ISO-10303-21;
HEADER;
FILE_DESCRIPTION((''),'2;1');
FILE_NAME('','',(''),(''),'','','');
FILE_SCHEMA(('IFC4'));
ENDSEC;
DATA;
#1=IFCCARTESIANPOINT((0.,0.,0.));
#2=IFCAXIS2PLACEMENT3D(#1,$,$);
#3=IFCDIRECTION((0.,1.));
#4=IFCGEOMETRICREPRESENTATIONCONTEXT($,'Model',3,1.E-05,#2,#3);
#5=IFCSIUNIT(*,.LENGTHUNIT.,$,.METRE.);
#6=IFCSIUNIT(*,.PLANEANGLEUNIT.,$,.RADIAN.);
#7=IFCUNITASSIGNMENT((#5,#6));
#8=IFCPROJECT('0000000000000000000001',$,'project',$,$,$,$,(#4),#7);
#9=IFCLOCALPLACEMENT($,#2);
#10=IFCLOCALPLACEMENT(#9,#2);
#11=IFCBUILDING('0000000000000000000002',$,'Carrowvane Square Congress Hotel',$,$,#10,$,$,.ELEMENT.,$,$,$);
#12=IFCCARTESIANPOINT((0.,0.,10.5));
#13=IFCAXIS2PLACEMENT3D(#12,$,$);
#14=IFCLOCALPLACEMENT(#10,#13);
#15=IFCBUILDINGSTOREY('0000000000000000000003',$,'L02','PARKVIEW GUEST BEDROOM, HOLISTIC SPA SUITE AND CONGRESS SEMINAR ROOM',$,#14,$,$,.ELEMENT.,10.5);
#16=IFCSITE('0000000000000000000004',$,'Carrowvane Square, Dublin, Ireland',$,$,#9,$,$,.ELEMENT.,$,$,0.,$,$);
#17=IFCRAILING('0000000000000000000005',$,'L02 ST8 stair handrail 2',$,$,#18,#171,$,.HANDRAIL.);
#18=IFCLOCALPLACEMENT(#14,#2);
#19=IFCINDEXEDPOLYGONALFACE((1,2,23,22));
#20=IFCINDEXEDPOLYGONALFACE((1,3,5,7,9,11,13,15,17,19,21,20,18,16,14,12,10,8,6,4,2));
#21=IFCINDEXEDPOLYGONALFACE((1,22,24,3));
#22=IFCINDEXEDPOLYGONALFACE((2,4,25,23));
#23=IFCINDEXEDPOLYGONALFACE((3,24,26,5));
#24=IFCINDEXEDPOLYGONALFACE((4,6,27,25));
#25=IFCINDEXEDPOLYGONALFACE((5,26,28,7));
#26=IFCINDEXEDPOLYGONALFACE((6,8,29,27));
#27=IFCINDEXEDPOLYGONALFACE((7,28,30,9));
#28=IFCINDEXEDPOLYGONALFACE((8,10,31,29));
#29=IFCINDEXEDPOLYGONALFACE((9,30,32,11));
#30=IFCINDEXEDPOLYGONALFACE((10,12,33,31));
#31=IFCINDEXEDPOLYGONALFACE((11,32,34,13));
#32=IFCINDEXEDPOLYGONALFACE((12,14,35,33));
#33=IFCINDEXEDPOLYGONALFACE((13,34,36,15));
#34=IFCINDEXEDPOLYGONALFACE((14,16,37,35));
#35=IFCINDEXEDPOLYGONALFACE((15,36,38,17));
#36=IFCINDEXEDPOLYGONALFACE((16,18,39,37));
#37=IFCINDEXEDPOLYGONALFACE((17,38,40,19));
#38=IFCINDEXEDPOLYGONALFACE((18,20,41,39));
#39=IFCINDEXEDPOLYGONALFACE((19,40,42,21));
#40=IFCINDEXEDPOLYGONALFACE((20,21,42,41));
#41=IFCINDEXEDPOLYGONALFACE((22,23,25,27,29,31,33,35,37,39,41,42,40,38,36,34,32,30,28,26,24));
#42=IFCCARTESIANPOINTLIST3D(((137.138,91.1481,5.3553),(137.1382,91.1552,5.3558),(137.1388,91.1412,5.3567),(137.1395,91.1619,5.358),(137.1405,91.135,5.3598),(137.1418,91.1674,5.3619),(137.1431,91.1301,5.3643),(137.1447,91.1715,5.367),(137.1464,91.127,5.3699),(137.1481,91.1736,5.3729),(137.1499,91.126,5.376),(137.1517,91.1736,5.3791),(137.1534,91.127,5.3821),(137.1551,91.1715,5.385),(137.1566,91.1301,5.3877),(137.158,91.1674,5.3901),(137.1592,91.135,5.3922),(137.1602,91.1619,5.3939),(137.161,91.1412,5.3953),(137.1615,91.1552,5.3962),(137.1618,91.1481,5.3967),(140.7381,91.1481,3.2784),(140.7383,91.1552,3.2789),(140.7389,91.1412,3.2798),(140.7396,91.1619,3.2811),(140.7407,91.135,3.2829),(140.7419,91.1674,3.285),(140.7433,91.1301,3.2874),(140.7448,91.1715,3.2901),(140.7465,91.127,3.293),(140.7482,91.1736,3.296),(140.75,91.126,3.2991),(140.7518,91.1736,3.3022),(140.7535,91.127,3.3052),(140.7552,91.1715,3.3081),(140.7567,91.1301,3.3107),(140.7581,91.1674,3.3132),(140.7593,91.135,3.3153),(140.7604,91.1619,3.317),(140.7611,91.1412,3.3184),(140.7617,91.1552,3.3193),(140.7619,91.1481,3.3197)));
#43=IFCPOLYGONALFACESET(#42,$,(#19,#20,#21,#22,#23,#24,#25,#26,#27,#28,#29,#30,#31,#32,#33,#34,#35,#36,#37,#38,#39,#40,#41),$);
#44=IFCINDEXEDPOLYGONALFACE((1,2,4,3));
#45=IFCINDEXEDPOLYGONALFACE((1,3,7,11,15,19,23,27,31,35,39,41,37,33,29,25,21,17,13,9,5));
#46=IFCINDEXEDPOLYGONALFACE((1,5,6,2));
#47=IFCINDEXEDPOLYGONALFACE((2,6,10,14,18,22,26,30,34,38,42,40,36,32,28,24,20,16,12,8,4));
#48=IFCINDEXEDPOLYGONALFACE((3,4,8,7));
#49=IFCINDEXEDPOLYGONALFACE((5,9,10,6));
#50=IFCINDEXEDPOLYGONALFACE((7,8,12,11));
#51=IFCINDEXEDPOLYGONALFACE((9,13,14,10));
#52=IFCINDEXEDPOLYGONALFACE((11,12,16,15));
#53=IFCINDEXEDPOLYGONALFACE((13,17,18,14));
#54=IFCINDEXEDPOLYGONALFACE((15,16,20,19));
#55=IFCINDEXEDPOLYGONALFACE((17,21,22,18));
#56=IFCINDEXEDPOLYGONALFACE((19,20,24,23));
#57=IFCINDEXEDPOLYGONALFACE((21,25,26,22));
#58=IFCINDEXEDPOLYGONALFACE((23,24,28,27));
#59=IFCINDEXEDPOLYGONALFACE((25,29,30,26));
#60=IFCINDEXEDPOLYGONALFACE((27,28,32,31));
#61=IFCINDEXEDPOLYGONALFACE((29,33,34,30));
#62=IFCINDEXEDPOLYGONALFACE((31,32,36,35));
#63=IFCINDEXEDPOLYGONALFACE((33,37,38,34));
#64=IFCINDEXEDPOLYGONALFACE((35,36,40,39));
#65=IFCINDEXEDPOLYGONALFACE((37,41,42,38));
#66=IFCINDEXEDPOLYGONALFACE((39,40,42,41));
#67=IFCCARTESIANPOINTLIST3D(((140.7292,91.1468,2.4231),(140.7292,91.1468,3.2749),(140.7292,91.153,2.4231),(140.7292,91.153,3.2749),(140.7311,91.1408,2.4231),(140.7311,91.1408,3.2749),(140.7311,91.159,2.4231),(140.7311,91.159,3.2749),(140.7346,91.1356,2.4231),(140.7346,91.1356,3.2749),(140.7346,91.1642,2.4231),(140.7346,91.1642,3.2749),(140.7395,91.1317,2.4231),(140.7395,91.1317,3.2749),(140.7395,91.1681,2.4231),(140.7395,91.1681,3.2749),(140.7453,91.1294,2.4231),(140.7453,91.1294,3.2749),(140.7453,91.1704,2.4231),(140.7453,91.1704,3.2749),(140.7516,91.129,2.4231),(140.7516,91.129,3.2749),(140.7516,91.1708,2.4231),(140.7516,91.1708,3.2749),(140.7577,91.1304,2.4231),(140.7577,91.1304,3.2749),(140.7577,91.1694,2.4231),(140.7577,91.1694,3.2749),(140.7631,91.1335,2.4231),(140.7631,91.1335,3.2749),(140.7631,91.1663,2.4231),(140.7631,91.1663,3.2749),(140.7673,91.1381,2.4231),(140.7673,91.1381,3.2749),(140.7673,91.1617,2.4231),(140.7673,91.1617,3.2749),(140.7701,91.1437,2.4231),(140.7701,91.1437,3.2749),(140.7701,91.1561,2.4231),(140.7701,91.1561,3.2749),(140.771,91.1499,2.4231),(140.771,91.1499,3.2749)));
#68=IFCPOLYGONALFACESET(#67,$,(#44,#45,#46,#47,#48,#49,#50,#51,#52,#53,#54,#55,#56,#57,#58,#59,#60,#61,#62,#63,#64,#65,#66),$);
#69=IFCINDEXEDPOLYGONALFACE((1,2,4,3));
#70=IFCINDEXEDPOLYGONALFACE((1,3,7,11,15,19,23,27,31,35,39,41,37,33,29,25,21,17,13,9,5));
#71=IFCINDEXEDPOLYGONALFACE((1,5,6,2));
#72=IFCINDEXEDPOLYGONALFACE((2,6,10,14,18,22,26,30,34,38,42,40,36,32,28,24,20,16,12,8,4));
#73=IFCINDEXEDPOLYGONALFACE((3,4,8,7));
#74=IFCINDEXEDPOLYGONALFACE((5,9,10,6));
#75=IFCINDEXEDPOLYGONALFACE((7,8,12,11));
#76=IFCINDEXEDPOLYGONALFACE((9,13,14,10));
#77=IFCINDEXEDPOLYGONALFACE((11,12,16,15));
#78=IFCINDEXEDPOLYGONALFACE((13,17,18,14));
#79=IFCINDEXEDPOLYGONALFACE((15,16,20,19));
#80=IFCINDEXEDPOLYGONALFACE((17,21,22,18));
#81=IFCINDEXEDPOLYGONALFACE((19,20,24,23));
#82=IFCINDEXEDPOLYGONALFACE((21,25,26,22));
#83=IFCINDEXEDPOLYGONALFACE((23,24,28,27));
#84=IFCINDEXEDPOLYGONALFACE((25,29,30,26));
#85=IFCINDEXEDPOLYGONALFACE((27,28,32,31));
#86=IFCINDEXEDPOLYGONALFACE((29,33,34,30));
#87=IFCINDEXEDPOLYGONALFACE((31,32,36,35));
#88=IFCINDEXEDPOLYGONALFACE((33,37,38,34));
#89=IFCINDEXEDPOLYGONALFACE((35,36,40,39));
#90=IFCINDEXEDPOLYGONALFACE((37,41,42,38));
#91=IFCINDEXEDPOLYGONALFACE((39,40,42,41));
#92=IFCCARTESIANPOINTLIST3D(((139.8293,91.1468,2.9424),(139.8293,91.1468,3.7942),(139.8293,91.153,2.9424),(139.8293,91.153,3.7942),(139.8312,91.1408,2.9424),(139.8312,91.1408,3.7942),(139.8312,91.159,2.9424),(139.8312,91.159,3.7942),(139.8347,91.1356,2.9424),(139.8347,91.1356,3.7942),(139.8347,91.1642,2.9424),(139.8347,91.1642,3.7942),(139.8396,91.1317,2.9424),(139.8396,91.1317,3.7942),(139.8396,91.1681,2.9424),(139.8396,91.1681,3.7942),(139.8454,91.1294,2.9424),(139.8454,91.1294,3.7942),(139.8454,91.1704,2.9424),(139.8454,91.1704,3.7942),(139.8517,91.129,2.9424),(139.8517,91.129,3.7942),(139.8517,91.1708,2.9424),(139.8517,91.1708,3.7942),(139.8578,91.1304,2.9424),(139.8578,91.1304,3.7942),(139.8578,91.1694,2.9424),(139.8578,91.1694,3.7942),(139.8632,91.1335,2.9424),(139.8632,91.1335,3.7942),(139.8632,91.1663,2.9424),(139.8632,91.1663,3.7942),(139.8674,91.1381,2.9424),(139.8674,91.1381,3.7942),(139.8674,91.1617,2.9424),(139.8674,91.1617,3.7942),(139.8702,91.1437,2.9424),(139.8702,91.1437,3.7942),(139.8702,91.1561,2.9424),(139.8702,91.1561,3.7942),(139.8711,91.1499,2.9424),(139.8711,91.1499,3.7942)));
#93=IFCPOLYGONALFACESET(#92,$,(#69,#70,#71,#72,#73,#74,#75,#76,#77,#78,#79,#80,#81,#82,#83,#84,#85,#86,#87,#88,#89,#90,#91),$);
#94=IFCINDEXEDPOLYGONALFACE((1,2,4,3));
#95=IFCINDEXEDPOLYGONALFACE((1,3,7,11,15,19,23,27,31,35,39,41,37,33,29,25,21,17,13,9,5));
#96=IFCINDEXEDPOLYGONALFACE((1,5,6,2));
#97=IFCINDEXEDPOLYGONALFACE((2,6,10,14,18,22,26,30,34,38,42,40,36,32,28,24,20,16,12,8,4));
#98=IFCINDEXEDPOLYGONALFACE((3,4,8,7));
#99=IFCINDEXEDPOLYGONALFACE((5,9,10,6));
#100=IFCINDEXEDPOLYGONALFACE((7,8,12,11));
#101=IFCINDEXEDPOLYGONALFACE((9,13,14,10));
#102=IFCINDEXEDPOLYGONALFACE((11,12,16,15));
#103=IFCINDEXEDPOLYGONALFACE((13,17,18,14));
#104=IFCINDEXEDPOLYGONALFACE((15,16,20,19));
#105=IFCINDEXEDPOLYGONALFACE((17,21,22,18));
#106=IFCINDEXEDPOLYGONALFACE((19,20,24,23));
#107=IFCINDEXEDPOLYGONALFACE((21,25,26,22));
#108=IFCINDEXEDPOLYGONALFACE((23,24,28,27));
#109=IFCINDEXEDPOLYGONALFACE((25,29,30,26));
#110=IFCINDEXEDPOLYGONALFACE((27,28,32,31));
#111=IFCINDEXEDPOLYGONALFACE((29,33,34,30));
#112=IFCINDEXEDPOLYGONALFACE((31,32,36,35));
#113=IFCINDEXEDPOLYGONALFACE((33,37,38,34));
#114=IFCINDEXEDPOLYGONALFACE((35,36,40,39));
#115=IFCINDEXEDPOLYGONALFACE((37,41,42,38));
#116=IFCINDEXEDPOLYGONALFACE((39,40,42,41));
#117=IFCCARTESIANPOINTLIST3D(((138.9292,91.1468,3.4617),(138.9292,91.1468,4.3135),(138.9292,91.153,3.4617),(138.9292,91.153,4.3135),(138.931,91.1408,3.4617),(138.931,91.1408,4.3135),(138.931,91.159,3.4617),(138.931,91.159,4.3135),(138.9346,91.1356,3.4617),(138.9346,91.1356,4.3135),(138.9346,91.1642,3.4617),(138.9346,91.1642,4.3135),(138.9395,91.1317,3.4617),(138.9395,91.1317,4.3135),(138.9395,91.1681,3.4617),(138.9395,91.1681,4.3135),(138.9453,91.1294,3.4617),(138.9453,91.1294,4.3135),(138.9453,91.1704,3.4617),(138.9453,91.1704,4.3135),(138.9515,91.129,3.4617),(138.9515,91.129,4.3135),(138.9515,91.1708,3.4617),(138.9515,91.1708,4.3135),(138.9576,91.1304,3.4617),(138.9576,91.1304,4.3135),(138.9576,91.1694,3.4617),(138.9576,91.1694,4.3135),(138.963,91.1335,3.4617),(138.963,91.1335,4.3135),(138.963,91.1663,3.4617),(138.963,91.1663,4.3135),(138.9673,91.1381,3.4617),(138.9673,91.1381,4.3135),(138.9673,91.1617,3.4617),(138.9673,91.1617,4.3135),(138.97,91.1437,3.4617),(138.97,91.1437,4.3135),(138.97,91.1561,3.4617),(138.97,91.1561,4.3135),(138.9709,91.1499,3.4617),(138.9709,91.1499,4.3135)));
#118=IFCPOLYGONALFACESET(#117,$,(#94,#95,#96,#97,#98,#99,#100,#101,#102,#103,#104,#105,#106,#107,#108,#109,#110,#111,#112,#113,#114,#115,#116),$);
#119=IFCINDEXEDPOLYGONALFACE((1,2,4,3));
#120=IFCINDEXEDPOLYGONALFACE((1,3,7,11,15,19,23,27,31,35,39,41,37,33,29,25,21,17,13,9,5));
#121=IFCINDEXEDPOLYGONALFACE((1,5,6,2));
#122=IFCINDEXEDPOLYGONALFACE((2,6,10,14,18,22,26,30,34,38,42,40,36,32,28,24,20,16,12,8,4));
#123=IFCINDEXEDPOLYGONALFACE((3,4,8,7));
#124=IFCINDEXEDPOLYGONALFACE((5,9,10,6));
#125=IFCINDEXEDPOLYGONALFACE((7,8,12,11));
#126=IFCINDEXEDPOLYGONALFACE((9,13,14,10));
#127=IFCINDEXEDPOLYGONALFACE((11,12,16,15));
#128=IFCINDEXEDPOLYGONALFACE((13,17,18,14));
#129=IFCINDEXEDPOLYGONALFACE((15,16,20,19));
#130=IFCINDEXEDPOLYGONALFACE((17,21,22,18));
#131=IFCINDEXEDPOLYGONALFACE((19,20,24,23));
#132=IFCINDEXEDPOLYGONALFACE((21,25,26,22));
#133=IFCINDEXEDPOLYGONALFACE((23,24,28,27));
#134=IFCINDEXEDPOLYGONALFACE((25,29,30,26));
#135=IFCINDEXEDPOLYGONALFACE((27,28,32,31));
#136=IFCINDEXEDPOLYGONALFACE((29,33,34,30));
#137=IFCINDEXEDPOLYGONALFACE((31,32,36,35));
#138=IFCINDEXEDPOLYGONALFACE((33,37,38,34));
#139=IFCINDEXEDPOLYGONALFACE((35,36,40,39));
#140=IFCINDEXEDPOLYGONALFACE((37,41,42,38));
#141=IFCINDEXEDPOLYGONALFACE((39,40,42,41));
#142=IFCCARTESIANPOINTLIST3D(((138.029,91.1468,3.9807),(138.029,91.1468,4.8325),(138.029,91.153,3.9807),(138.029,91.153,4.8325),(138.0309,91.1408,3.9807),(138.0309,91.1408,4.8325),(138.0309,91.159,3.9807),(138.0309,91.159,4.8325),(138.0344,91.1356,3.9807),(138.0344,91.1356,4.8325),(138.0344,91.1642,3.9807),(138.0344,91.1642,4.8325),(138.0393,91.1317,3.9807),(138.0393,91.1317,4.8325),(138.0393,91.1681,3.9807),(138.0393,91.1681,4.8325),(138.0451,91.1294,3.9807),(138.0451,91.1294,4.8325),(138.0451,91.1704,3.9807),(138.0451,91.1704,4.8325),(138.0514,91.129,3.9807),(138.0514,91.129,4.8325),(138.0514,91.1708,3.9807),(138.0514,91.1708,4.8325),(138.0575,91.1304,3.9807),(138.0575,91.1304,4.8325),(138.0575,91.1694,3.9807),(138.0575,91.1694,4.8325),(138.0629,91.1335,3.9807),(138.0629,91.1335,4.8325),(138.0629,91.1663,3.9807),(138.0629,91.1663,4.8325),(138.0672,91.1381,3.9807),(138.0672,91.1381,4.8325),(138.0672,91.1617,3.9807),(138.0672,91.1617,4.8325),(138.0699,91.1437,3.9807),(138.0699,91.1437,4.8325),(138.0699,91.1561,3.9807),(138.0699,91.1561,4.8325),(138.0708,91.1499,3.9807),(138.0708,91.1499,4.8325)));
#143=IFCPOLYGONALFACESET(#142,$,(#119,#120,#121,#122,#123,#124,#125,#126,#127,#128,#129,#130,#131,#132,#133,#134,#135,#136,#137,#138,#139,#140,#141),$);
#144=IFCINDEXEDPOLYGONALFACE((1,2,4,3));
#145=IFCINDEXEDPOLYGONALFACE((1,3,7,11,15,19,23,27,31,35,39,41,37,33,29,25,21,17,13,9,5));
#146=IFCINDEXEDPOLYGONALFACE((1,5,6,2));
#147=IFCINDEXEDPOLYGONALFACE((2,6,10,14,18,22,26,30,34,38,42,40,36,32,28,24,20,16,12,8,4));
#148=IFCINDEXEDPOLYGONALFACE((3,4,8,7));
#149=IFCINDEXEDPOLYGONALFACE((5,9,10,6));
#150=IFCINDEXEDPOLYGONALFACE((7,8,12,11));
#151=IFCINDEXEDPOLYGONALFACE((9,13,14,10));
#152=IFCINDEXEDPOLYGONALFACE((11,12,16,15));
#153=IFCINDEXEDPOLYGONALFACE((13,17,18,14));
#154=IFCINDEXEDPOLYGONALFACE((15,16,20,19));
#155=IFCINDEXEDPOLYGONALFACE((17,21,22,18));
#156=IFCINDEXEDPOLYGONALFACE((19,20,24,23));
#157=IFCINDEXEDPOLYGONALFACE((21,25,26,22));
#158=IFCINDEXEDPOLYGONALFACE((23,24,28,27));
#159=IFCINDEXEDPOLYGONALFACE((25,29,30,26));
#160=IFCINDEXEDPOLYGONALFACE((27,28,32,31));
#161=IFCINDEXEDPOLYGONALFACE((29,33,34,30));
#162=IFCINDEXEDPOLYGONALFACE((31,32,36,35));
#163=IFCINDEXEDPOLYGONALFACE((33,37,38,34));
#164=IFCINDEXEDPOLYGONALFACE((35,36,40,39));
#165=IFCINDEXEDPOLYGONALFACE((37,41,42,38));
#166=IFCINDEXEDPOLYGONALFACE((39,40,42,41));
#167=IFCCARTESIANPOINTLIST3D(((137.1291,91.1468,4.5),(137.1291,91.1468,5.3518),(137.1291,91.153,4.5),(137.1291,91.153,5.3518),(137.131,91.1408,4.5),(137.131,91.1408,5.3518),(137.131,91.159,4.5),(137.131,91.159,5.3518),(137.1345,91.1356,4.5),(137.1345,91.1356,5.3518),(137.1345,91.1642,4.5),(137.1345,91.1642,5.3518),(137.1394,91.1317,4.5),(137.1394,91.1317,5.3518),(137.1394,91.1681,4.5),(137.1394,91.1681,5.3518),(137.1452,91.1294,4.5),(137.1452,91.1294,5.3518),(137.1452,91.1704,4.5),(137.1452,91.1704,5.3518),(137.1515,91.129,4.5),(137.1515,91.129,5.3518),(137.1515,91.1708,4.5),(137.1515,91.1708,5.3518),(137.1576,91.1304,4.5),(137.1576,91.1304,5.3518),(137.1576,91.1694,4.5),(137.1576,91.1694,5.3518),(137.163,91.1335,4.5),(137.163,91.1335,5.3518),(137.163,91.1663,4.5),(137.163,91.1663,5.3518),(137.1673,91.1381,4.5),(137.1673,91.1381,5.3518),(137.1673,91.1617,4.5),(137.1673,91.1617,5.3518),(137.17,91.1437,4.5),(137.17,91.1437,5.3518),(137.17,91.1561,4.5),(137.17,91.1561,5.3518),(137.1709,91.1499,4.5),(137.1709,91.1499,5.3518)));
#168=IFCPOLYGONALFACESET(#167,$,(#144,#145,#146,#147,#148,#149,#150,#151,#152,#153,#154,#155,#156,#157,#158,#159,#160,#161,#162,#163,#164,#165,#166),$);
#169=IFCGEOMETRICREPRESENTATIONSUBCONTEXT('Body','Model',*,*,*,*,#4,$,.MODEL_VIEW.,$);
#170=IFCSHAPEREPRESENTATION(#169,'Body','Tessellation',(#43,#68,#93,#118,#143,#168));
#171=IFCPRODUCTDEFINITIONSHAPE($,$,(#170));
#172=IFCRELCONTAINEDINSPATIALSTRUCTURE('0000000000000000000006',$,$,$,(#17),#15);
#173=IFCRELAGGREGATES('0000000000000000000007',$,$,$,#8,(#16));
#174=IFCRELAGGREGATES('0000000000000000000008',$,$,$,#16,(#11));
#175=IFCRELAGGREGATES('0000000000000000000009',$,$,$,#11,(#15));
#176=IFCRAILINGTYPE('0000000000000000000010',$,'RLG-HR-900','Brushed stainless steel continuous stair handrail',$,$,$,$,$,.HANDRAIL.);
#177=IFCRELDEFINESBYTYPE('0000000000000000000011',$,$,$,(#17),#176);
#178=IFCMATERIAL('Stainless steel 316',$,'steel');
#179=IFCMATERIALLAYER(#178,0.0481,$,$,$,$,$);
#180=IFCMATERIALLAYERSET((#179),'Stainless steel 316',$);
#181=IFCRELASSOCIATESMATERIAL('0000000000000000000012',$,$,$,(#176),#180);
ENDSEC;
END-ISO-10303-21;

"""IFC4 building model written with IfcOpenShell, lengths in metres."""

from ifc_helpers import new_model, si_unit, direction, frame, origin, origin_2d, place, context, subcontext, project, spatial, circle, extrude, material, layer, layer_set, type_object, element, save


model = new_model("IFC4")

# Units and contexts
model_context = context("Model", 3, precision=1e-05, world=origin(), true_north=direction((0.0, 1.0)))
body_context = subcontext(model_context, "Body", "Model", "MODEL_VIEW")
ifc_project = project(units=[si_unit("LENGTHUNIT", "METRE"), si_unit("PLANEANGLEUNIT", "RADIAN")], contexts=[model_context])

# Site, building, storey
site_placement = place(None, origin())
site = spatial("IfcSite", under=ifc_project, at=site_placement, Name="Carrowvane Square, Dublin, Ireland", CompositionType="ELEMENT", RefElevation=0.0)
building_placement = place(site_placement, origin())
building = spatial("IfcBuilding", under=site, at=building_placement, Name="Carrowvane Square Congress Hotel", CompositionType="ELEMENT")
storey_placement = place(building_placement, frame((0.0, 0.0, 10.5)))
storey = spatial("IfcBuildingStorey", under=building, at=storey_placement, Name="L02", Description="PARKVIEW GUEST BEDROOM, HOLISTIC SPA SUITE AND CONGRESS SEMINAR ROOM", CompositionType="ELEMENT", Elevation=10.5)

# Railing
ifc_material_1 = material(Name="Stainless steel 316", Category="steel")
ifc_layer_1 = layer(ifc_material_1, 0.0481)
ifc_layer_set_1 = layer_set([ifc_layer_1], Name="Stainless steel 316")
railing_type_1 = type_object("IfcRailingType", Name="RLG-HR-900", Description="Brushed stainless steel continuous stair handrail", PredefinedType="HANDRAIL", material=ifc_layer_set_1)
railing_1_placement = place(storey_placement, frame((140.75, 91.1499, 2.4231)))
element("IfcRailing", 1, at=railing_1_placement, inside=storey, type_object=railing_type_1, Name="L02 ST8 stair handrail 2", PredefinedType="HANDRAIL", context=body_context, shape_type="SweptSolid", body=[
    extrude(circle(Radius=0.0239, at=origin_2d()), frame((0.0, 0.0, 0.876), z_axis=(-0.866193, 0.0, 0.499709), x_axis=(0.0, -1.0, 0.0)), (0.0, 0.0, 1.0), 4.1562),
    extrude(circle(Radius=0.021, at=origin_2d()), origin(), (0.0, 0.0, 1.0), 0.8518),
    extrude(circle(Radius=0.021, at=origin_2d()), frame((-0.8999, 0.0, 0.5193)), (0.0, 0.0, 1.0), 0.8518),
    extrude(circle(Radius=0.021, at=origin_2d()), frame((-1.8, 0.0, 1.0386)), (0.0, 0.0, 1.0), 0.8518),
    extrude(circle(Radius=0.021, at=origin_2d()), frame((-2.7002, 0.0, 1.5576)), (0.0, 0.0, 1.0), 0.8518),
    extrude(circle(Radius=0.021, at=origin_2d()), frame((-3.6001, 0.0, 2.0769)), (0.0, 0.0, 1.0), 0.8518),
])

save(model, "model.ifc")
